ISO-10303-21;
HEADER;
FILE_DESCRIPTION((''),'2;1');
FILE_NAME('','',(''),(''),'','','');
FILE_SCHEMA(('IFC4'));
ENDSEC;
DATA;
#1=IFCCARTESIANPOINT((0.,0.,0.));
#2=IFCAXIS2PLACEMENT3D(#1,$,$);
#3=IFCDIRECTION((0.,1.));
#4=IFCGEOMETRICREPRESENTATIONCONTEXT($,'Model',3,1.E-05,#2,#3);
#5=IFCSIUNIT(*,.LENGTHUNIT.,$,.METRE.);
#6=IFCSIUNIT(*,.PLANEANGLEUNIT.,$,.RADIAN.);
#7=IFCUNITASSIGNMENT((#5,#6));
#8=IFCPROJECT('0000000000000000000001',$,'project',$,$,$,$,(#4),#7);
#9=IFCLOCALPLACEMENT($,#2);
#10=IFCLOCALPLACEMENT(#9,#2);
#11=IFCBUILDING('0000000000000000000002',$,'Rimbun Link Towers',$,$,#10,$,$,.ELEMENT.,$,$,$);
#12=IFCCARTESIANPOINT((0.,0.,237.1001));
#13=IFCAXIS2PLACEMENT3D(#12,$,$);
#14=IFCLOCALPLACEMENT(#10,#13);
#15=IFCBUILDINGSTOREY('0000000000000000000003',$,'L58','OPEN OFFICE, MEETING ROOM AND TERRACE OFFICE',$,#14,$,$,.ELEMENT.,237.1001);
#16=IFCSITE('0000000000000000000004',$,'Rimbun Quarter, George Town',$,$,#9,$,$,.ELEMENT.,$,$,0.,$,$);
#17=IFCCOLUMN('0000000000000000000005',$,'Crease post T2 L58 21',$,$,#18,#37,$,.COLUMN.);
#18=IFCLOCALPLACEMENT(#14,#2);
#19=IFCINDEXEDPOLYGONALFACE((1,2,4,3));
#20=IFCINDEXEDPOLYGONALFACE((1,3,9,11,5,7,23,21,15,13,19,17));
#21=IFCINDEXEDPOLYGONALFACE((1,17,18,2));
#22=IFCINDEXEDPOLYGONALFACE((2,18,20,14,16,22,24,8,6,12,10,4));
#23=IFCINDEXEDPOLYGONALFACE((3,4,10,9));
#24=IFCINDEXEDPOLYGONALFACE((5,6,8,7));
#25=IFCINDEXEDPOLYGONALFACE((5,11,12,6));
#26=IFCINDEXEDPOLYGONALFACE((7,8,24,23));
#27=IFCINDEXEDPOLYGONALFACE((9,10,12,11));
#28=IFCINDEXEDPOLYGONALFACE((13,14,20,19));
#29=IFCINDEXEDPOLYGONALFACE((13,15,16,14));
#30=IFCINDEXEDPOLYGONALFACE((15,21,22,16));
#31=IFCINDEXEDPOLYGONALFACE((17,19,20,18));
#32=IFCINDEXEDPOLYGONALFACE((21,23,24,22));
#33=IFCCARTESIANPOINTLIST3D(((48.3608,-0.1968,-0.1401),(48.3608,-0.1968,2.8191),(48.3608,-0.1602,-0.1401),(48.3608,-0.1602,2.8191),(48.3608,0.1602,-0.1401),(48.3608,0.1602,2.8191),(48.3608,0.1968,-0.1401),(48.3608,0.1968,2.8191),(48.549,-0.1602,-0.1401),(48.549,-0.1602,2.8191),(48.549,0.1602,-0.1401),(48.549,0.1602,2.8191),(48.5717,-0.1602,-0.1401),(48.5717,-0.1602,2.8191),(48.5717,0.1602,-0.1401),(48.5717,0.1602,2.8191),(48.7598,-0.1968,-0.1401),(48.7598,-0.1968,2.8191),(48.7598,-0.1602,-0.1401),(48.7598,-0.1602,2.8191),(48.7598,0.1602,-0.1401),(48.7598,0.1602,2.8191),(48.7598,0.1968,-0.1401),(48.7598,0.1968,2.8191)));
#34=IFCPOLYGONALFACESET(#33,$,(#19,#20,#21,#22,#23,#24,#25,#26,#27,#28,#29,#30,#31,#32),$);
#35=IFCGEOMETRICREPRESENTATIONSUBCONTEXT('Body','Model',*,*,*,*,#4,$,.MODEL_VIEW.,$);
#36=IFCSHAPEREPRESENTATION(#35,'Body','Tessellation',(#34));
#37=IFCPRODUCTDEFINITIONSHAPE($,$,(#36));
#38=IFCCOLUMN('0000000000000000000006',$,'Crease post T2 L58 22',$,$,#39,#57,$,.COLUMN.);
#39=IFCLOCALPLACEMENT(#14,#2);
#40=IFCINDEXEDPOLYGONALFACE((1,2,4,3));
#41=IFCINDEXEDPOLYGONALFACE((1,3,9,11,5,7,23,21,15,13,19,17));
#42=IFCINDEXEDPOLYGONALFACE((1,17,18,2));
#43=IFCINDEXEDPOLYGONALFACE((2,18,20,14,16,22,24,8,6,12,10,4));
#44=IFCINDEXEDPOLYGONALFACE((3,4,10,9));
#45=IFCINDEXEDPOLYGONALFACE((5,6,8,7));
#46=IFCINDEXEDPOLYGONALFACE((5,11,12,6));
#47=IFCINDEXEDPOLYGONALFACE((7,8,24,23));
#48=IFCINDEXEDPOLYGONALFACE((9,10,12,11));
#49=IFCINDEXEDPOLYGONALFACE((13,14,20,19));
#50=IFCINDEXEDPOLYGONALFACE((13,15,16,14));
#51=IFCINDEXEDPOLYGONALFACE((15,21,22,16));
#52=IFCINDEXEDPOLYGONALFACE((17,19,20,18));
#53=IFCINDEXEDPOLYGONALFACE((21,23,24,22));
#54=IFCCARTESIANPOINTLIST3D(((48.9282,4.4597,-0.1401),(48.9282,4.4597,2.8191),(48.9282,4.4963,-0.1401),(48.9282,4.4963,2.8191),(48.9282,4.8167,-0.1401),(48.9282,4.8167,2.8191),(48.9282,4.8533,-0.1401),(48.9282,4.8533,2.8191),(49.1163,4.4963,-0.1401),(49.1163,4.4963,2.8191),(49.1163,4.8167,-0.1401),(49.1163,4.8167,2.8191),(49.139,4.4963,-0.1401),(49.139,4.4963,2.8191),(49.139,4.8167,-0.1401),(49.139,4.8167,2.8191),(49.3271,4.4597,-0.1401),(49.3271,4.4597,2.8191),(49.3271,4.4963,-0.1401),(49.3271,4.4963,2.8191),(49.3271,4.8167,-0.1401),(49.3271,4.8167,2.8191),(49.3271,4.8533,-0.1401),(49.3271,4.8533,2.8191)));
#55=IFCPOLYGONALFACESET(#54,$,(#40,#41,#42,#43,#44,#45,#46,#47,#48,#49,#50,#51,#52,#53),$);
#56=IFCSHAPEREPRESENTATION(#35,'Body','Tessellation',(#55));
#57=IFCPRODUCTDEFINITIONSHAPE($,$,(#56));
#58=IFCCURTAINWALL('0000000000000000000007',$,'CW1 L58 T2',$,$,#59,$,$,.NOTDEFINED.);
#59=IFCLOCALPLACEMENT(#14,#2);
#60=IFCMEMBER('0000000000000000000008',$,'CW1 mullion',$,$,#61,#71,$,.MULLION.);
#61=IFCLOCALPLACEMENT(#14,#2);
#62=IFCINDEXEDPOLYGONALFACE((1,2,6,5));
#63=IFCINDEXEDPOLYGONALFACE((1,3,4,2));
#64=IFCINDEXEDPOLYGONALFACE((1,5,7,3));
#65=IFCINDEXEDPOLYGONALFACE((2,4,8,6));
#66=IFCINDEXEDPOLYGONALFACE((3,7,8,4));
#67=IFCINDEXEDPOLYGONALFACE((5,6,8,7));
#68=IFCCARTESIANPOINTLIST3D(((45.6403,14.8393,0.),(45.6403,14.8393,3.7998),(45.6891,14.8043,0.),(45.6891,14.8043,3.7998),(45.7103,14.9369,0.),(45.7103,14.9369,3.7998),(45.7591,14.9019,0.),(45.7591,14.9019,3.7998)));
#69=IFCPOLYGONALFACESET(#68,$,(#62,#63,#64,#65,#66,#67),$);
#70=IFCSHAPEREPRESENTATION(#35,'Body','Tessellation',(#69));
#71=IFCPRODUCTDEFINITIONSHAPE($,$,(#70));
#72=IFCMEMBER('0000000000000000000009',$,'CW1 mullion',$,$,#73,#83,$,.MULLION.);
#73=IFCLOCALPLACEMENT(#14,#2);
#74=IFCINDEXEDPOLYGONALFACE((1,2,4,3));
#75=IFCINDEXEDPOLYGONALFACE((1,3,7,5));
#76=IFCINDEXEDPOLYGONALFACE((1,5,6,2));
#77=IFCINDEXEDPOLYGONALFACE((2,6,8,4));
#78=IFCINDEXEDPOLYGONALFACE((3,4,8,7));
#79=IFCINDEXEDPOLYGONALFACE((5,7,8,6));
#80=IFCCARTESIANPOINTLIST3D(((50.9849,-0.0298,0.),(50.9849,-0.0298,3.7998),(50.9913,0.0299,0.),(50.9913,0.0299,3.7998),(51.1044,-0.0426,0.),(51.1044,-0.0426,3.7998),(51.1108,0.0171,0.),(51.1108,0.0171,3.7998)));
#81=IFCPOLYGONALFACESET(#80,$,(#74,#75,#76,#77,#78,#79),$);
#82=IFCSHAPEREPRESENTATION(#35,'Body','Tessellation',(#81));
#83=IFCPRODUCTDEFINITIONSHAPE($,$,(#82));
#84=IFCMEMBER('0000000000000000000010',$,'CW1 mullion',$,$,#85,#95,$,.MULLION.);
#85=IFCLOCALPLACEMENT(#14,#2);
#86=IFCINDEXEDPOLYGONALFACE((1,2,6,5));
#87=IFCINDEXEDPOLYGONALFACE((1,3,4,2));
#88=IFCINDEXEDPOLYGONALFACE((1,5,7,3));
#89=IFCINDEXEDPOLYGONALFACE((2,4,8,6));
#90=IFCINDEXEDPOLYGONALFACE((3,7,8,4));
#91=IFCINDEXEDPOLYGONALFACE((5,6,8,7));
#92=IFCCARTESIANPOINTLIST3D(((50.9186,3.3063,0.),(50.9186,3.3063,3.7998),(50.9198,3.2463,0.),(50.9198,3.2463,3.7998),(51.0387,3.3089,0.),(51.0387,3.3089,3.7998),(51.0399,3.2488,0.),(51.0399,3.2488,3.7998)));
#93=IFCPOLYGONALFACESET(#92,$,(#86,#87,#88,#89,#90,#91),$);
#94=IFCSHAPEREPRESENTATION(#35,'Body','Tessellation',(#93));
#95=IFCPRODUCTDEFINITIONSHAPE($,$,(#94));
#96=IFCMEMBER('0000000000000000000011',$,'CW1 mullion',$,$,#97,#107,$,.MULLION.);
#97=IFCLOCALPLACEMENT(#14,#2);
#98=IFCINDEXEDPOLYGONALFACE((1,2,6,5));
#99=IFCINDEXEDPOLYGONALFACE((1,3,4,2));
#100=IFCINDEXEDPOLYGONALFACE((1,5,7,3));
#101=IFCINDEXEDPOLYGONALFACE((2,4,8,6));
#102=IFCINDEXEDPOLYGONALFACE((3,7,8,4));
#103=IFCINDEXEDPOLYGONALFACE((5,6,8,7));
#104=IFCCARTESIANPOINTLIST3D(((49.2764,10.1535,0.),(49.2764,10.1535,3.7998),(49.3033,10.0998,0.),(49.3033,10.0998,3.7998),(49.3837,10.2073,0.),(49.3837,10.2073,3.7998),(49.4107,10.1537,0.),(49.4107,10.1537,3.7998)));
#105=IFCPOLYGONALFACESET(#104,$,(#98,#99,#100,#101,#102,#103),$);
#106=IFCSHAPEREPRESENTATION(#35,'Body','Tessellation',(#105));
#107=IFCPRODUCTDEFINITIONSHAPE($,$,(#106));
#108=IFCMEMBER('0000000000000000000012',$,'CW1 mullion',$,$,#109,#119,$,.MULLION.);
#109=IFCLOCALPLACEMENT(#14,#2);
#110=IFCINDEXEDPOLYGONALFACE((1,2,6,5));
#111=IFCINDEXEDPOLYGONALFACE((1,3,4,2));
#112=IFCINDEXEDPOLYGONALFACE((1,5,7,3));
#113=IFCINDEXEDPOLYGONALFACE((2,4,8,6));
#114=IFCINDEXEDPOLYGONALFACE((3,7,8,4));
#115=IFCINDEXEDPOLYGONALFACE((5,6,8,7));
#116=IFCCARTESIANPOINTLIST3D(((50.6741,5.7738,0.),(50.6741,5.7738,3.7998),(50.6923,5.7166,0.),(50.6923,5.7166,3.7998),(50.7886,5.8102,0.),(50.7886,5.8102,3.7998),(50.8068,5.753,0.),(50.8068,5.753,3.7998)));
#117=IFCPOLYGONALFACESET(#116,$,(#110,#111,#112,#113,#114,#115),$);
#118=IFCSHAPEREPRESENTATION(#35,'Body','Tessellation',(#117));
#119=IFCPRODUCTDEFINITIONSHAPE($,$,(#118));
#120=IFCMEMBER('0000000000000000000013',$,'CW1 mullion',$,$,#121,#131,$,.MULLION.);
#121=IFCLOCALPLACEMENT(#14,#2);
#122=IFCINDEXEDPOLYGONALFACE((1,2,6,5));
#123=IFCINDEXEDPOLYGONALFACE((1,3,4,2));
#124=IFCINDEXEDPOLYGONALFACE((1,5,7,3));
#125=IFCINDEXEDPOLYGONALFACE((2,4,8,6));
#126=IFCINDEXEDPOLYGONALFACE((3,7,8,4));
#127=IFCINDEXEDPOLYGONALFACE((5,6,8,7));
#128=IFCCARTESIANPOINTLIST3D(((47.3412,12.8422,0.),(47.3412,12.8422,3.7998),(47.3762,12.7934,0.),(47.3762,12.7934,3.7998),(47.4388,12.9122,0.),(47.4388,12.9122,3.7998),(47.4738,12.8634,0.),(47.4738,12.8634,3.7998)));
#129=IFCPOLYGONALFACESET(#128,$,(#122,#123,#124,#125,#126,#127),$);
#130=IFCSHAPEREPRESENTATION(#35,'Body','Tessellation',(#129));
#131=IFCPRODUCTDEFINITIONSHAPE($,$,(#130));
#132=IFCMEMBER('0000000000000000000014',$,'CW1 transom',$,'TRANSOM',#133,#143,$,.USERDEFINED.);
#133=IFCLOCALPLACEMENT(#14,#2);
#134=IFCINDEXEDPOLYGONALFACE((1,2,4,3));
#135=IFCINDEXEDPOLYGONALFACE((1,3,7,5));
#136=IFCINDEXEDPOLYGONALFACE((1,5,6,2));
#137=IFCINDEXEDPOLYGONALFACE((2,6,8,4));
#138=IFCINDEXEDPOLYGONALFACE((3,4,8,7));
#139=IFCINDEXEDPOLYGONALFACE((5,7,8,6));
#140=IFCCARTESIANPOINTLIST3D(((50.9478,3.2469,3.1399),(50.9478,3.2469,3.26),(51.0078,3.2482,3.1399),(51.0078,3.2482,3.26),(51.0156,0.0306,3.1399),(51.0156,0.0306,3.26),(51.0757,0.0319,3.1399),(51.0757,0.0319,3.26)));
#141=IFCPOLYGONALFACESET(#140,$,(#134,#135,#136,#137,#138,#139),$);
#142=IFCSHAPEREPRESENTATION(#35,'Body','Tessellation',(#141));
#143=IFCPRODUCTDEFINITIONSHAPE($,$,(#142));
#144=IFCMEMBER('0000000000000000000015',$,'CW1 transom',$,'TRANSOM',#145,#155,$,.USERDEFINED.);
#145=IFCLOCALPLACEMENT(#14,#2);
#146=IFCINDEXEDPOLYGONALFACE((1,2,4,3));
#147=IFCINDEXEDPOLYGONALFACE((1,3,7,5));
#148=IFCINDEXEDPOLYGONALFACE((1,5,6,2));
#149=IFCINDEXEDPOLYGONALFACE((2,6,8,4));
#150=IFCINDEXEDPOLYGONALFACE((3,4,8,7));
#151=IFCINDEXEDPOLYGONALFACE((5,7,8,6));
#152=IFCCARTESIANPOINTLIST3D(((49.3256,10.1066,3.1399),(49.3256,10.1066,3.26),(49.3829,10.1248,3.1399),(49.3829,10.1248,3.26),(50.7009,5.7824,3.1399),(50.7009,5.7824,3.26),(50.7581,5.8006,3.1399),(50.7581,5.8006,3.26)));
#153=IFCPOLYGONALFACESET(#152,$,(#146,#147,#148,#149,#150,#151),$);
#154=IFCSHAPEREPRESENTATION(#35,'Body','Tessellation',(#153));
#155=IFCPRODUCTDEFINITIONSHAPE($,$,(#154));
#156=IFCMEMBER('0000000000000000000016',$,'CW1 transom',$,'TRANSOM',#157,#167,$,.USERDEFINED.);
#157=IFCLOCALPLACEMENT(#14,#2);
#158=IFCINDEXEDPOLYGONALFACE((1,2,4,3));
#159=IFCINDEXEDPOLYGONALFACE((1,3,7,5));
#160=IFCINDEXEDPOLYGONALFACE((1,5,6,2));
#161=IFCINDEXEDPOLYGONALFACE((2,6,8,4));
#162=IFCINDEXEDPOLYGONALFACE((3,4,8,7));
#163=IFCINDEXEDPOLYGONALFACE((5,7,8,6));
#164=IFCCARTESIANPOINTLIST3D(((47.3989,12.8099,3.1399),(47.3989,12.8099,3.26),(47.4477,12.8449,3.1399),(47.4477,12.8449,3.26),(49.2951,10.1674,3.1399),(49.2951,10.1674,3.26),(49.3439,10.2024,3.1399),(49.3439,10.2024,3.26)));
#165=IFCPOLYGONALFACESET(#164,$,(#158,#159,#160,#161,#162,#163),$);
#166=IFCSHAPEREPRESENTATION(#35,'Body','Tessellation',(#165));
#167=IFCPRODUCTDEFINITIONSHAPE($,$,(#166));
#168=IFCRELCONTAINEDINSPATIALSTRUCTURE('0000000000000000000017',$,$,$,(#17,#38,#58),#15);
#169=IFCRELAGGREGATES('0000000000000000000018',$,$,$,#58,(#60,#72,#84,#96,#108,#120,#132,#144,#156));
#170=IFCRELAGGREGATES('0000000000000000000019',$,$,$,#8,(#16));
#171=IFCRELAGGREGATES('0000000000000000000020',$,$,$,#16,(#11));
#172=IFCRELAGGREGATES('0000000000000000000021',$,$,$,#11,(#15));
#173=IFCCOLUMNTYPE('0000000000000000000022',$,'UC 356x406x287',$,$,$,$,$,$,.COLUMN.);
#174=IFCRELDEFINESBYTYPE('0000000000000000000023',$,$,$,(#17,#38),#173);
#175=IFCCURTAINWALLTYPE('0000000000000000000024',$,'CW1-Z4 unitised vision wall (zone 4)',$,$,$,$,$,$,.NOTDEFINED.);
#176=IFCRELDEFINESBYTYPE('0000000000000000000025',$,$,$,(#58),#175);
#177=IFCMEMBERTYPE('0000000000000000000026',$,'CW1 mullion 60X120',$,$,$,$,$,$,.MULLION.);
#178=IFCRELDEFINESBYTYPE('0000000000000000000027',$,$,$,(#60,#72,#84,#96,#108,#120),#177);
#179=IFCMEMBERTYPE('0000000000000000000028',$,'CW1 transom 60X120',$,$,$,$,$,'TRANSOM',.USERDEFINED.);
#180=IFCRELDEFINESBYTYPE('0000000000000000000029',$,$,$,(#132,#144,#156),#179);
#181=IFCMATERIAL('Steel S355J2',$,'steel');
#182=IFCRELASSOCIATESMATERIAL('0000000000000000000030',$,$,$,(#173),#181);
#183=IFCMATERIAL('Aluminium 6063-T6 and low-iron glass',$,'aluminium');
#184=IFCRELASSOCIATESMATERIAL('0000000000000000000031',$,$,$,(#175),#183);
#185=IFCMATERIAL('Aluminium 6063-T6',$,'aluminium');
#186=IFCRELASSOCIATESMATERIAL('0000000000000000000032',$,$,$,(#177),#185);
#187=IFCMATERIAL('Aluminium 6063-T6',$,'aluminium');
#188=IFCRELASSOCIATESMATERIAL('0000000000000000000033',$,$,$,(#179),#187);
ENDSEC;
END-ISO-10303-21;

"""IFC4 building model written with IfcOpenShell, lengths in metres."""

from ifc_helpers import new_model, si_unit, direction, frame, origin, origin_2d, place, context, subcontext, project, spatial, rectangle, i_section, extrude, material, material_profile, profile_set, type_object, element, aggregate, save


model = new_model("IFC4")

# Units and contexts
model_context = context("Model", 3, precision=1e-05, world=origin(), true_north=direction((0.0, 1.0)))
body_context = subcontext(model_context, "Body", "Model", "MODEL_VIEW")
ifc_project = project(units=[si_unit("LENGTHUNIT", "METRE"), si_unit("PLANEANGLEUNIT", "RADIAN")], contexts=[model_context])

# Site, building, storey
site_placement = place(None, origin())
site = spatial("IfcSite", under=ifc_project, at=site_placement, Name="Rimbun Quarter, George Town", CompositionType="ELEMENT", RefElevation=0.0)
building_placement = place(site_placement, origin())
building = spatial("IfcBuilding", under=site, at=building_placement, Name="Rimbun Link Towers", CompositionType="ELEMENT")
storey_placement = place(building_placement, frame((0.0, 0.0, 237.1001)))
storey = spatial("IfcBuildingStorey", under=building, at=storey_placement, Name="L58", Description="OPEN OFFICE, MEETING ROOM AND TERRACE OFFICE", CompositionType="ELEMENT", Elevation=237.1001)

# Columns
ifc_material_1 = material(Name="Steel S355J2", Category="steel")
ifc_material_profile_1 = material_profile(ifc_material_1, i_section(OverallWidth=0.3989, OverallDepth=0.3936, WebThickness=0.0227, FlangeThickness=0.0366, at=origin_2d()), Name="UC 356x406x287")
ifc_profile_set_1 = profile_set([ifc_material_profile_1], Name="Steel S355J2")
column_type = type_object("IfcColumnType", Name="UC 356x406x287", PredefinedType="COLUMN", material=ifc_profile_set_1)
for number, where, z_axis, x_axis, name in (
    (1, (48.5603, 0.0, -0.1401), (0.0, 0.0, 1.0), (1.0, 0.0, 0.0), "Crease post T2 L58 21"),
    (2, (49.1277, 4.6565, -0.1401), (0.0, 0.0, 1.0), (1.0, 0.0, 0.0), "Crease post T2 L58 22"),
):
    element("IfcColumn", number, at=place(storey_placement, frame(where, z_axis=z_axis, x_axis=x_axis)), inside=storey, type_object=column_type, Name=name, PredefinedType="COLUMN", context=body_context, shape_type="SweptSolid", body=[
        extrude(i_section(OverallWidth=0.3989, OverallDepth=0.3936, WebThickness=0.0227, FlangeThickness=0.0366, at=origin_2d()), origin(), (0.0, 0.0, 1.0), 2.9592),
    ])

# Curtain wall, members
ifc_material_2 = material(Name="Aluminium 6063-T6 and low-iron glass", Category="aluminium")
curtain_wall_type = type_object("IfcCurtainWallType", Name="CW1-Z4 unitised vision wall (zone 4)", PredefinedType="NOTDEFINED", material=ifc_material_2)
curtain_wall_placement = place(storey_placement, origin())
curtain_wall = element("IfcCurtainWall", 3, at=curtain_wall_placement, inside=storey, type_object=curtain_wall_type, Name="CW1 L58 T2", PredefinedType="NOTDEFINED")
ifc_material_3 = material(Name="Aluminium 6063-T6", Category="aluminium")
ifc_material_profile_2 = material_profile(ifc_material_3, rectangle(XDim=0.1201, YDim=0.0601, at=origin_2d()), Name="MULLION 60X120")
ifc_profile_set_2 = profile_set([ifc_material_profile_2], Name="Aluminium 6063-T6")
member_type_1 = type_object("IfcMemberType", Name="CW1 mullion 60X120", PredefinedType="MULLION", material=ifc_profile_set_2)
member_1_placement = place(storey_placement, frame((45.6997, 14.8706, 0.0), z_axis=(0.0, 0.0, 1.0), x_axis=(0.583003, 0.81247, 0.0)))
member_1 = element("IfcMember", 4, at=member_1_placement, type_object=member_type_1, Name="CW1 mullion", PredefinedType="MULLION", context=body_context, shape_type="SweptSolid", body=[
    extrude(rectangle(XDim=0.1201, YDim=0.0601, at=origin_2d()), origin(), (0.0, 0.0, 1.0), 3.7998),
])
member_2_placement = place(storey_placement, frame((51.0479, -0.0063, 0.0), z_axis=(0.0, 0.0, 1.0), x_axis=(0.994298, -0.10664, 0.0)))
member_2 = element("IfcMember", 5, at=member_2_placement, type_object=member_type_1, Name="CW1 mullion", PredefinedType="MULLION", context=body_context, shape_type="SweptSolid", body=[
    extrude(rectangle(XDim=0.1201, YDim=0.0601, at=origin_2d()), origin(), (0.0, 0.0, 1.0), 3.7998),
])
member_3_placement = place(storey_placement, frame((50.9792, 3.2776, 0.0), z_axis=(0.0, 0.0, 1.0), x_axis=(0.999778, 0.021065, 0.0)))
member_3 = element("IfcMember", 6, at=member_3_placement, type_object=member_type_1, Name="CW1 mullion", PredefinedType="MULLION", context=body_context, shape_type="SweptSolid", body=[
    extrude(rectangle(XDim=0.1201, YDim=0.0601, at=origin_2d()), origin(), (0.0, 0.0, 1.0), 3.7998),
])
member_4_placement = place(storey_placement, frame((49.3435, 10.1536, 0.0), z_axis=(0.0, 0.0, 1.0), x_axis=(0.893747, 0.448572, 0.0)))
member_4 = element("IfcMember", 7, at=member_4_placement, type_object=member_type_1, Name="CW1 mullion", PredefinedType="MULLION", context=body_context, shape_type="SweptSolid", body=[
    extrude(rectangle(XDim=0.1201, YDim=0.0601, at=origin_2d()), origin(), (0.0, 0.0, 1.0), 3.7998),
])
member_5_placement = place(storey_placement, frame((50.7405, 5.7634, 0.0), z_axis=(0.0, 0.0, 1.0), x_axis=(0.952968, 0.303072, 0.0)))
member_5 = element("IfcMember", 8, at=member_5_placement, type_object=member_type_1, Name="CW1 mullion", PredefinedType="MULLION", context=body_context, shape_type="SweptSolid", body=[
    extrude(rectangle(XDim=0.1201, YDim=0.0601, at=origin_2d()), origin(), (0.0, 0.0, 1.0), 3.7998),
])
member_6_placement = place(storey_placement, frame((47.4075, 12.8528, 0.0), z_axis=(0.0, 0.0, 1.0), x_axis=(0.81247, 0.583003, 0.0)))
member_6 = element("IfcMember", 9, at=member_6_placement, type_object=member_type_1, Name="CW1 mullion", PredefinedType="MULLION", context=body_context, shape_type="SweptSolid", body=[
    extrude(rectangle(XDim=0.1201, YDim=0.0601, at=origin_2d()), origin(), (0.0, 0.0, 1.0), 3.7998),
])
ifc_material_4 = material(Name="Aluminium 6063-T6", Category="aluminium")
ifc_material_profile_3 = material_profile(ifc_material_4, rectangle(XDim=0.0601, YDim=0.1201, at=origin_2d()), Name="TRANSOM 60X120")
ifc_profile_set_3 = profile_set([ifc_material_profile_3], Name="Aluminium 6063-T6")
member_type_2 = type_object("IfcMemberType", Name="CW1 transom 60X120", ElementType="TRANSOM", PredefinedType="USERDEFINED", material=ifc_profile_set_3)
member_7_placement = place(storey_placement, frame((50.9778, 3.2476, 3.2), z_axis=(0.021097, -0.999777, 0.0), x_axis=(0.999777, 0.021097, 0.0)))
member_7 = element("IfcMember", 10, at=member_7_placement, type_object=member_type_2, Name="CW1 transom", ObjectType="TRANSOM", PredefinedType="USERDEFINED", context=body_context, shape_type="SweptSolid", body=[
    extrude(rectangle(XDim=0.0601, YDim=0.1201, at=origin_2d()), origin(), (0.0, 0.0, 1.0), 3.217),
])
member_8_placement = place(storey_placement, frame((49.3542, 10.1157, 3.2), z_axis=(0.303075, -0.952967, 0.0), x_axis=(0.952967, 0.303075, 0.0)))
member_8 = element("IfcMember", 11, at=member_8_placement, type_object=member_type_2, Name="CW1 transom", ObjectType="TRANSOM", PredefinedType="USERDEFINED", context=body_context, shape_type="SweptSolid", body=[
    extrude(rectangle(XDim=0.0601, YDim=0.1201, at=origin_2d()), origin(), (0.0, 0.0, 1.0), 4.5376),
])
member_9_placement = place(storey_placement, frame((47.4233, 12.8274, 3.2), z_axis=(0.583005, -0.812469, 0.0), x_axis=(0.812469, 0.583005, 0.0)))
member_9 = element("IfcMember", 12, at=member_9_placement, type_object=member_type_2, Name="CW1 transom", ObjectType="TRANSOM", PredefinedType="USERDEFINED", context=body_context, shape_type="SweptSolid", body=[
    extrude(rectangle(XDim=0.0601, YDim=0.1201, at=origin_2d()), origin(), (0.0, 0.0, 1.0), 3.2524),
])

aggregate(curtain_wall, [member_1, member_2, member_3, member_4, member_5, member_6, member_7, member_8, member_9])

save(model, "model.ifc")
